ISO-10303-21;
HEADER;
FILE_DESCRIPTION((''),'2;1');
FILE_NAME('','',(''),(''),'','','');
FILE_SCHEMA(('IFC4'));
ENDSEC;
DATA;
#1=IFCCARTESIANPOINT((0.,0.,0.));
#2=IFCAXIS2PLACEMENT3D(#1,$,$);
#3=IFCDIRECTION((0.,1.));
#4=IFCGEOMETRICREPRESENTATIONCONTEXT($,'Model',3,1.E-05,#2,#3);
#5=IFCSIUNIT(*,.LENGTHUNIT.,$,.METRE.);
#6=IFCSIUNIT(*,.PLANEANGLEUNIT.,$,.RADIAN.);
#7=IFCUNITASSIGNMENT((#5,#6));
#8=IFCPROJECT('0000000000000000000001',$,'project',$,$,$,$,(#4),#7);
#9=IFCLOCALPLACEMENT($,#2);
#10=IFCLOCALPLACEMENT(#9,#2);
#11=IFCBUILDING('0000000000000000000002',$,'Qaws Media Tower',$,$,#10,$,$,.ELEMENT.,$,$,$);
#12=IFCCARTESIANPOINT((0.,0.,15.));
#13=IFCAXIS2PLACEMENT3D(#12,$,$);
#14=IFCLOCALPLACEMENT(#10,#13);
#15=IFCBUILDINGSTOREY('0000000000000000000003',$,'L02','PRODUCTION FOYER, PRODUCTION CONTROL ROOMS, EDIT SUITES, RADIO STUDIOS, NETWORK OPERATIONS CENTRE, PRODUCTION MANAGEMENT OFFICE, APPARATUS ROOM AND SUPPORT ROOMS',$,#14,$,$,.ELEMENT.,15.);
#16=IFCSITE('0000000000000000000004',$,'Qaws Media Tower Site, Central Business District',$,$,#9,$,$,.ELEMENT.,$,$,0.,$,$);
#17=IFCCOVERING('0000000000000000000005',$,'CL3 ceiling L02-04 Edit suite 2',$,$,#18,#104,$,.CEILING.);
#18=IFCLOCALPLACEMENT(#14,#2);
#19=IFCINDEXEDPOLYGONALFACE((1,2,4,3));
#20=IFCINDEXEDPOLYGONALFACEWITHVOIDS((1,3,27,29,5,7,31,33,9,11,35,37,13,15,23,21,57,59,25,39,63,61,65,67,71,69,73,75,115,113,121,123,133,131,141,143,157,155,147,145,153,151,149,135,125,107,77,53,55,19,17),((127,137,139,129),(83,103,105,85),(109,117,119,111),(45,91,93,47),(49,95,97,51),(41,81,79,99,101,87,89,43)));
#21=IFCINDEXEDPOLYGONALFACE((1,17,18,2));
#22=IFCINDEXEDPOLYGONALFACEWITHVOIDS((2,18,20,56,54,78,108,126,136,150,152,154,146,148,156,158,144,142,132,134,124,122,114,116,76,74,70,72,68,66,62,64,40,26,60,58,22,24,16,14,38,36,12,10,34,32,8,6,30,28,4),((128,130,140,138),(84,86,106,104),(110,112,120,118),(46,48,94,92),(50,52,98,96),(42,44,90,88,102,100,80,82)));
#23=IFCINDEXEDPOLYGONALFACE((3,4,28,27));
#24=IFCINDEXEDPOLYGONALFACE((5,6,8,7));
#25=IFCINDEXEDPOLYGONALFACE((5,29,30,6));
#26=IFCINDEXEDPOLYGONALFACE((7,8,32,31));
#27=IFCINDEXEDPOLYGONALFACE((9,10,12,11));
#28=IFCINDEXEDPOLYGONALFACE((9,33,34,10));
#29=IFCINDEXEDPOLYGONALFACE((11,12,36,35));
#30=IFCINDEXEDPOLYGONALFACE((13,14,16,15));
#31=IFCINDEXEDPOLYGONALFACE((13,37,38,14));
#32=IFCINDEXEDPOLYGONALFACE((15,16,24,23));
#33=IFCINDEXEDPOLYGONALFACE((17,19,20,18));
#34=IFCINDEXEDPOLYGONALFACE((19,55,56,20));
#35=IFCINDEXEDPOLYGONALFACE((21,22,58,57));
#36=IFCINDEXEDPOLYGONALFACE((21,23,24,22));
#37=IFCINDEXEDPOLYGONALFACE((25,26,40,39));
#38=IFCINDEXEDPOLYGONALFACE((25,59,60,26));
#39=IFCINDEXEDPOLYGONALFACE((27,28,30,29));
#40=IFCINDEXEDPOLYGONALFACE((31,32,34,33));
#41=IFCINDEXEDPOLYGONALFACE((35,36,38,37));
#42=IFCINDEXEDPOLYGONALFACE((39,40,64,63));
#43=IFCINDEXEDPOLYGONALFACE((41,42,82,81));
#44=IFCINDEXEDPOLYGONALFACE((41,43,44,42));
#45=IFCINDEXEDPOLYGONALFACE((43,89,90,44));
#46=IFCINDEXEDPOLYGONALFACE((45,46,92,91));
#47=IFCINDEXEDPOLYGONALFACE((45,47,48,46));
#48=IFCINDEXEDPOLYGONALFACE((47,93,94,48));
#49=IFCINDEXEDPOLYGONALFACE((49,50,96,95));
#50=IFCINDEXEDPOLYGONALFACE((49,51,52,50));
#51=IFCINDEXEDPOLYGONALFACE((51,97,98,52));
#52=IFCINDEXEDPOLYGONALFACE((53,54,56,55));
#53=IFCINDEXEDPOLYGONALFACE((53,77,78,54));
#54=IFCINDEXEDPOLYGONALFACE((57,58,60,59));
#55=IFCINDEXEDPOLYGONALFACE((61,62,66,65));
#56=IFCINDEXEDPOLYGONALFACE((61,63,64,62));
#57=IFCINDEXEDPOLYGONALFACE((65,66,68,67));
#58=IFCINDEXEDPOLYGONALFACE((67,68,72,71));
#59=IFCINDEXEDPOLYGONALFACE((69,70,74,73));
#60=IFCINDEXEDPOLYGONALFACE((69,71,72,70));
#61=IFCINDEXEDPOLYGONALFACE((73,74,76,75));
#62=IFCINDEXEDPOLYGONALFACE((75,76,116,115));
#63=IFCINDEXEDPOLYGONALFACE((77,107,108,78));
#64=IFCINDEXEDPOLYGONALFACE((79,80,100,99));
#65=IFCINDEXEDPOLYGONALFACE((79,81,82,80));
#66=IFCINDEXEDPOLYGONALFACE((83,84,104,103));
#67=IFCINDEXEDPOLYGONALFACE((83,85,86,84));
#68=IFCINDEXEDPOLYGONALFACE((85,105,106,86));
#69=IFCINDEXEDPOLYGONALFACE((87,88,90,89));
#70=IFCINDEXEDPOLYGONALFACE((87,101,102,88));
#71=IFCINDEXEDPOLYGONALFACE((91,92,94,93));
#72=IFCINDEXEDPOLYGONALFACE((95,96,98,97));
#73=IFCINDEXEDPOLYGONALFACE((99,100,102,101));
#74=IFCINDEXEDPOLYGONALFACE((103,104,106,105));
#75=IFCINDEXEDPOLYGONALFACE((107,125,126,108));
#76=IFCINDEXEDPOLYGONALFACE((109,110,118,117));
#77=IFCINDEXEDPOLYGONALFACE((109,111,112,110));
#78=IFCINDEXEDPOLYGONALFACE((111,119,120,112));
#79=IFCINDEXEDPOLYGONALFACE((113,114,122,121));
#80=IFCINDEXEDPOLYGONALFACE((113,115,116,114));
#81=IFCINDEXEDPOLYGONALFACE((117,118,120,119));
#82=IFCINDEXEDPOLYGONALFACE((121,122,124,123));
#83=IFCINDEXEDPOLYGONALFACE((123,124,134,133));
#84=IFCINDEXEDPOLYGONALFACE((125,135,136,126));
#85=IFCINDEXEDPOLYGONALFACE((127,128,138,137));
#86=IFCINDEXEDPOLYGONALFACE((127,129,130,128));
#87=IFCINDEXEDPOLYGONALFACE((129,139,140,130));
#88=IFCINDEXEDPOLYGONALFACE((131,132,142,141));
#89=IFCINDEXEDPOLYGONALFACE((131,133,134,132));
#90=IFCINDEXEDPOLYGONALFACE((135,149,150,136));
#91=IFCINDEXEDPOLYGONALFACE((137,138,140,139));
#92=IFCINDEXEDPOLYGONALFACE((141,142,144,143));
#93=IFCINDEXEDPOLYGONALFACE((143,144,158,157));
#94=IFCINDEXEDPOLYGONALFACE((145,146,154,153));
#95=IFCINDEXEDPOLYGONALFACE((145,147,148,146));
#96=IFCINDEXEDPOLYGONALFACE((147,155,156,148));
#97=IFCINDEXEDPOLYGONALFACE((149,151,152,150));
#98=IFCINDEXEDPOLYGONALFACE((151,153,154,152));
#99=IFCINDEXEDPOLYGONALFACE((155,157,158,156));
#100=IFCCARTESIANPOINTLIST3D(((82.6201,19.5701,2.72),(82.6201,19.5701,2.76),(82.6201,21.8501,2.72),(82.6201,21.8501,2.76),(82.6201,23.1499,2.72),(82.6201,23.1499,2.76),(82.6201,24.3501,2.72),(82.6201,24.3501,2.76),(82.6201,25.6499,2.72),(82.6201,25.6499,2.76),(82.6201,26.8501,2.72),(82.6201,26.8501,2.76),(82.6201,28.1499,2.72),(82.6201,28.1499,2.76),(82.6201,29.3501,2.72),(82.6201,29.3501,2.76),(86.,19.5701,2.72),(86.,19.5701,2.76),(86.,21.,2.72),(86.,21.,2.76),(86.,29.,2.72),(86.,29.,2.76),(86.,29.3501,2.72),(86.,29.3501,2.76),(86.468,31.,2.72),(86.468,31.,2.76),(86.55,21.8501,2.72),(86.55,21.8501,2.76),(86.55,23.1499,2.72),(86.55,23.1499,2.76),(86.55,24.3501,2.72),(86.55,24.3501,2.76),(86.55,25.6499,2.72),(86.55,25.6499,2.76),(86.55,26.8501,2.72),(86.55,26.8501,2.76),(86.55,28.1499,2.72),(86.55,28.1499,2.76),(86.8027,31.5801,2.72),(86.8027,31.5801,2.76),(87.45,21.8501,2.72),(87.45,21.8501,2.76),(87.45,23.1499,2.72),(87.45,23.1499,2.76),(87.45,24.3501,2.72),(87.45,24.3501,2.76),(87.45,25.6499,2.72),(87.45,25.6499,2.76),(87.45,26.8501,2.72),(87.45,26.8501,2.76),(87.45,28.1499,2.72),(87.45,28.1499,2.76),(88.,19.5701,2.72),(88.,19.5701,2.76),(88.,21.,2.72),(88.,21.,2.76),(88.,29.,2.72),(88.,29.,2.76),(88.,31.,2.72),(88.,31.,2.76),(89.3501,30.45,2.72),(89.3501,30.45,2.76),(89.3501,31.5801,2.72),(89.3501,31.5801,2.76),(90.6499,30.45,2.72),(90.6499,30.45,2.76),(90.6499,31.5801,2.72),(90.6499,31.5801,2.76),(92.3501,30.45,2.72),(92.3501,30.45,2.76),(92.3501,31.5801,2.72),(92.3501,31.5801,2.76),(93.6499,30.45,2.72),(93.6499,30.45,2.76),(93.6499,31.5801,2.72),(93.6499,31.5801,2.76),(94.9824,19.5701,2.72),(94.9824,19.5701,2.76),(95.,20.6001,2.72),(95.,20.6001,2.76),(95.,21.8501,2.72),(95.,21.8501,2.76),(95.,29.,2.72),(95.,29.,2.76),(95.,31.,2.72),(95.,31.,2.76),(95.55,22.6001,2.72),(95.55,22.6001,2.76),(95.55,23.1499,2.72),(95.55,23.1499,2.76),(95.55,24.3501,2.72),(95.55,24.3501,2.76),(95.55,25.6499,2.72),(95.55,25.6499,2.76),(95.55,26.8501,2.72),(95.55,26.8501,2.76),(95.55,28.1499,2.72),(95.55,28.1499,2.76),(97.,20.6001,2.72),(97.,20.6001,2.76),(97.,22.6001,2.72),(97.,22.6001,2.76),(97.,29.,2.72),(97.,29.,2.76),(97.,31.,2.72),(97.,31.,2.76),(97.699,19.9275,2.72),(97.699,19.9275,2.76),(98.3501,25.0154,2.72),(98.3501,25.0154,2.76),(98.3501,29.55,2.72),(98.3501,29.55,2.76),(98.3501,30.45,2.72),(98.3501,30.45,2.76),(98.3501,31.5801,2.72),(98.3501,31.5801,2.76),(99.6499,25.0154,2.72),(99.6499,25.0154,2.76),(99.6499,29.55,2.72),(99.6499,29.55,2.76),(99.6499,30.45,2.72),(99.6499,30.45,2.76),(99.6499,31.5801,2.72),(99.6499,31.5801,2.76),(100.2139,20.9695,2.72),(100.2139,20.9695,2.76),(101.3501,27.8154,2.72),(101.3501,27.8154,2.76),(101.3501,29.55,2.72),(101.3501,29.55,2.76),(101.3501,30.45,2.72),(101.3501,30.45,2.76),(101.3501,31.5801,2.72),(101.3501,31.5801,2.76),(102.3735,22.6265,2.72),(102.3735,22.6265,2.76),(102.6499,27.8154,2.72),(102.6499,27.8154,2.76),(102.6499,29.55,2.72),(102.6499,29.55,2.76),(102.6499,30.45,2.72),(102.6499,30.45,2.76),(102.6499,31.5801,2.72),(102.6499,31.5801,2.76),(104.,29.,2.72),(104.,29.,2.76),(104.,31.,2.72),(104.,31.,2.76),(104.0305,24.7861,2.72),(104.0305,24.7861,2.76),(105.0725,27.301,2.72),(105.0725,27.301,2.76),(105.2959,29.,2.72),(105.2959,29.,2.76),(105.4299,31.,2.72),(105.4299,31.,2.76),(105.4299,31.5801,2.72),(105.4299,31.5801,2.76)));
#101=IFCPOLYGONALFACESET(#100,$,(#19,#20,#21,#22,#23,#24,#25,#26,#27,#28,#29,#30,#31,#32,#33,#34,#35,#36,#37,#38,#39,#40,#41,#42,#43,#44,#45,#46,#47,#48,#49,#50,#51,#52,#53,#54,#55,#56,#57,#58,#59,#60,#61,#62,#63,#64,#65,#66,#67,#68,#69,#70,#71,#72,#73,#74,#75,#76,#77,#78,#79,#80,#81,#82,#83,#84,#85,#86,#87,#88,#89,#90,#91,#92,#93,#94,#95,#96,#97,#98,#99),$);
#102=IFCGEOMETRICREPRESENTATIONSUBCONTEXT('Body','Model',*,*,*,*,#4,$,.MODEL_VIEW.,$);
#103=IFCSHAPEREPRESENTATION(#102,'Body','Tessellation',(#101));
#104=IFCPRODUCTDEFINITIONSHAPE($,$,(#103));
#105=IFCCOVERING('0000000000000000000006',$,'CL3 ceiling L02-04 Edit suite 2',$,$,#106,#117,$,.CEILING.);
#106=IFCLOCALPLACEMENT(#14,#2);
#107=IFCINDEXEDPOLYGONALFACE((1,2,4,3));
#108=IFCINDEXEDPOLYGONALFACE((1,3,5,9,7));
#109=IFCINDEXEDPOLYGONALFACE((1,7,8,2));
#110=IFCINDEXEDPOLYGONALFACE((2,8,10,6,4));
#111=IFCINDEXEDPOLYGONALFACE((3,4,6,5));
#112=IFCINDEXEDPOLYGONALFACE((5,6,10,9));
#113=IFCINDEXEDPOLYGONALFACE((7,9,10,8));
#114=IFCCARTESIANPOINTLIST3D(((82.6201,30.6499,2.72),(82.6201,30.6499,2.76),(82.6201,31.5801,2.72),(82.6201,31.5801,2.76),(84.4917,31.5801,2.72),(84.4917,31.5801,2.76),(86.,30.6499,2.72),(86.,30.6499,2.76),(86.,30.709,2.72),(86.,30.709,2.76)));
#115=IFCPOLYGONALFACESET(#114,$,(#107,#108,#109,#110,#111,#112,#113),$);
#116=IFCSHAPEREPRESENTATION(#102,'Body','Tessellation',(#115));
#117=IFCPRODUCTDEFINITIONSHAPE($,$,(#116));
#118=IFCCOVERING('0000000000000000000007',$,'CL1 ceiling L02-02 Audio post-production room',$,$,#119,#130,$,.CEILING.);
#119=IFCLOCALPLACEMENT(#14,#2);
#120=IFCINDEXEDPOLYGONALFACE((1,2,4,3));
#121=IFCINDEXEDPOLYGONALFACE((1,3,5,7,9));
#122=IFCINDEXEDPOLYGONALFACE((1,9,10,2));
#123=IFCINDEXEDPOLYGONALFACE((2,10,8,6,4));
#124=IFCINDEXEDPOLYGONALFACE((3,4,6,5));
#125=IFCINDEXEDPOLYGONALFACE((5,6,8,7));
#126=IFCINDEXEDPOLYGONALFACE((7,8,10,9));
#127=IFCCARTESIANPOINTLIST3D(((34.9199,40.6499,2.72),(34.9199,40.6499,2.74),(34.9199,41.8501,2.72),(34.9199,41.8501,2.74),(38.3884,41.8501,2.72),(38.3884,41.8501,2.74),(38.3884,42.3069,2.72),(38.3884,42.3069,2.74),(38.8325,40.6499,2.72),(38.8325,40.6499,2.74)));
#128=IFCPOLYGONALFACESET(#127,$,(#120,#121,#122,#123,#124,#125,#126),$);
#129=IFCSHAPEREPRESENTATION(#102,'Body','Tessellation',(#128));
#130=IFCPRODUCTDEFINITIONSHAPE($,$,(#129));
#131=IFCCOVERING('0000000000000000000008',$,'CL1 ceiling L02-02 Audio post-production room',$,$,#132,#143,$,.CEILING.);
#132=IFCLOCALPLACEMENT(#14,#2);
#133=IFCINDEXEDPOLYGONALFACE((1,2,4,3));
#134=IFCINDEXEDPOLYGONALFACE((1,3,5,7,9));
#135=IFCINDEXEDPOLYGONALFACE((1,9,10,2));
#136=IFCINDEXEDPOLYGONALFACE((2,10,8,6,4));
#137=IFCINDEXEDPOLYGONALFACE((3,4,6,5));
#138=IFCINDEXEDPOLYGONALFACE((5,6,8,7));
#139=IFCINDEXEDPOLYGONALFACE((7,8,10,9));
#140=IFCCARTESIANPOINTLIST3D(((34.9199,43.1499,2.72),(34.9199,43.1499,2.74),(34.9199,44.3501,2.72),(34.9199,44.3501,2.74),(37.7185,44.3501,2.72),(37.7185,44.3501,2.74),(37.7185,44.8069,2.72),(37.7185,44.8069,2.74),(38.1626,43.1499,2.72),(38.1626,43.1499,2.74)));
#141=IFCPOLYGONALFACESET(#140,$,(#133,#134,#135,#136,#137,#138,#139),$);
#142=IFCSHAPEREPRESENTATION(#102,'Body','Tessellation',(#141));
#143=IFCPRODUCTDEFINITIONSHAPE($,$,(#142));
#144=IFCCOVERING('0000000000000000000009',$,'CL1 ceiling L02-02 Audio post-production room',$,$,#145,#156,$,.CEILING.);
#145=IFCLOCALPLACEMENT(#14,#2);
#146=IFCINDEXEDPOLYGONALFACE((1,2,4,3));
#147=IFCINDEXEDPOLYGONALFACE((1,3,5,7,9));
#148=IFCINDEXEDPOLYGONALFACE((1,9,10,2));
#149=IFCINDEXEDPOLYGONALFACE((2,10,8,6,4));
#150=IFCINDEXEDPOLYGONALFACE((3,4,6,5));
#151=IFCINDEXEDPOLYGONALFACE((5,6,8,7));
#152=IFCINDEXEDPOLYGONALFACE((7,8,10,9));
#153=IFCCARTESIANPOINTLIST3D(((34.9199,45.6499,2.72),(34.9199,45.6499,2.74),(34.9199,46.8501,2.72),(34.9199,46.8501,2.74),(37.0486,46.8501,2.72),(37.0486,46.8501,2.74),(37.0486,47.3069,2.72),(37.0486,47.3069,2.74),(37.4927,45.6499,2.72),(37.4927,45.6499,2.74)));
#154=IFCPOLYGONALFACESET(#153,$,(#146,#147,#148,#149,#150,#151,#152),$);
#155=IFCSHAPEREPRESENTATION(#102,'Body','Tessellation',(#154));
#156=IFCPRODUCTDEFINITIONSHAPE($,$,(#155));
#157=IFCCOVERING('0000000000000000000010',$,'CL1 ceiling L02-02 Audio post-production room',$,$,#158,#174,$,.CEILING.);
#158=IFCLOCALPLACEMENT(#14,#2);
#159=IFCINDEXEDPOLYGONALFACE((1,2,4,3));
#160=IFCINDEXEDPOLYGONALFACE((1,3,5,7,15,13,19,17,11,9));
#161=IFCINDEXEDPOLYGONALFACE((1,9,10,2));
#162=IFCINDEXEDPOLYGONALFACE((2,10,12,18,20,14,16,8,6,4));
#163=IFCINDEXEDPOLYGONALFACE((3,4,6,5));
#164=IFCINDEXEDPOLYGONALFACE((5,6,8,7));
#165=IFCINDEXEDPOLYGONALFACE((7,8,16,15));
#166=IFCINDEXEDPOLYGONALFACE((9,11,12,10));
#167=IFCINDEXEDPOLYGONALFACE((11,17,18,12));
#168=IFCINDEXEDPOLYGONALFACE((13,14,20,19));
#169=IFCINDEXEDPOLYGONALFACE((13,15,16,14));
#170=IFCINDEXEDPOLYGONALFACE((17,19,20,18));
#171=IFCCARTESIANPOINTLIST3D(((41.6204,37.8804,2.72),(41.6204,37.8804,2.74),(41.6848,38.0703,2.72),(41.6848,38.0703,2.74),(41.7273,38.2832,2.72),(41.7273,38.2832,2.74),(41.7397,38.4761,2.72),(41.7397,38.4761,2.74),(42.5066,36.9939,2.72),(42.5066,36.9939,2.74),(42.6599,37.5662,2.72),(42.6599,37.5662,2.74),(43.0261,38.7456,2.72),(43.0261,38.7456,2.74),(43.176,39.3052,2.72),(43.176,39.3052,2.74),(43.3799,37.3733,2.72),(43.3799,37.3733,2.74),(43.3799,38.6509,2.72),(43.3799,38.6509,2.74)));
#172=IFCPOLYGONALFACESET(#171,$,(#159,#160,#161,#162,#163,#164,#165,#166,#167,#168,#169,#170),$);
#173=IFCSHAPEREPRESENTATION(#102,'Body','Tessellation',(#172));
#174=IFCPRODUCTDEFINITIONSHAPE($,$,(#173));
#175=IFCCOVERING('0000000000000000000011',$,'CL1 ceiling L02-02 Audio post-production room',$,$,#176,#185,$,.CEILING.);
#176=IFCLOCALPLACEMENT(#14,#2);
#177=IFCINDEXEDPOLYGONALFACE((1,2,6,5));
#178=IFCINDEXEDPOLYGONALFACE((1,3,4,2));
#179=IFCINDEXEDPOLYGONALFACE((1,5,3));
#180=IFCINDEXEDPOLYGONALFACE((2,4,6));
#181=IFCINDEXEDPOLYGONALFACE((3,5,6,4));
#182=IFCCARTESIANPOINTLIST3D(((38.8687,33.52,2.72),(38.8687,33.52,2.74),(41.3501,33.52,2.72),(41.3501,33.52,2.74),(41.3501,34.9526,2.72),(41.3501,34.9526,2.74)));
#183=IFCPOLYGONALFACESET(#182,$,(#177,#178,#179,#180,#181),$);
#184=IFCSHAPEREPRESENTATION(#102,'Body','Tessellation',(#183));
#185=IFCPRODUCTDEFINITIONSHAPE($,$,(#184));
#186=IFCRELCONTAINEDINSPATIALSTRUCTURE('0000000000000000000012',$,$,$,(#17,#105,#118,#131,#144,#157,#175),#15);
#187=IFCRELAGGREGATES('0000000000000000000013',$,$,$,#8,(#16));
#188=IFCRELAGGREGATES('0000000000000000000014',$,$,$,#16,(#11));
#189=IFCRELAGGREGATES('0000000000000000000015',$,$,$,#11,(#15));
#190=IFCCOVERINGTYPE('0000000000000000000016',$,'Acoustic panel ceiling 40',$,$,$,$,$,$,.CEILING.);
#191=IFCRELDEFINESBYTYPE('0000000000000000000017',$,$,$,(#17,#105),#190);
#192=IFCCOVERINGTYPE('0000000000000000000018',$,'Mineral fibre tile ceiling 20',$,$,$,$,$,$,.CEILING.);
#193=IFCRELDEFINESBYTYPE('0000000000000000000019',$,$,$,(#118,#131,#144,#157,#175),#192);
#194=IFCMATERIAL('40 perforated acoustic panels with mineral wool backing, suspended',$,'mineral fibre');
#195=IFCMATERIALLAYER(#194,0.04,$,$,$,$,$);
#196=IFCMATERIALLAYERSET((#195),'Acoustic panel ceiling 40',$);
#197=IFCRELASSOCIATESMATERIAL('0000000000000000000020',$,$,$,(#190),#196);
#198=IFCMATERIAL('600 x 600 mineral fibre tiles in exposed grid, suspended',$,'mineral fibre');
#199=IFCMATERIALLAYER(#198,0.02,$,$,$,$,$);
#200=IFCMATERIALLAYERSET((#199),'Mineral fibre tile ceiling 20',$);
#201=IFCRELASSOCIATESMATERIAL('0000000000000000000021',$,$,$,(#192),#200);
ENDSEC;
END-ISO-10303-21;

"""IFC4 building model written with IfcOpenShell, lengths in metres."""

from ifc_helpers import new_model, si_unit, direction, frame, origin, place, context, subcontext, project, spatial, polyline, outline, extrude, material, layer, layer_set, type_object, element, save


model = new_model("IFC4")

# Units and contexts
model_context = context("Model", 3, precision=1e-05, world=origin(), true_north=direction((0.0, 1.0)))
body_context = subcontext(model_context, "Body", "Model", "MODEL_VIEW")
ifc_project = project(units=[si_unit("LENGTHUNIT", "METRE"), si_unit("PLANEANGLEUNIT", "RADIAN")], contexts=[model_context])

# Site, building, storey
site_placement = place(None, origin())
site = spatial("IfcSite", under=ifc_project, at=site_placement, Name="Qaws Media Tower Site, Central Business District", CompositionType="ELEMENT", RefElevation=0.0)
building_placement = place(site_placement, origin())
building = spatial("IfcBuilding", under=site, at=building_placement, Name="Qaws Media Tower", CompositionType="ELEMENT")
storey_placement = place(building_placement, frame((0.0, 0.0, 15.0)))
storey = spatial("IfcBuildingStorey", under=building, at=storey_placement, Name="L02", Description="PRODUCTION FOYER, PRODUCTION CONTROL ROOMS, EDIT SUITES, RADIO STUDIOS, NETWORK OPERATIONS CENTRE, PRODUCTION MANAGEMENT OFFICE, APPARATUS ROOM AND SUPPORT ROOMS", CompositionType="ELEMENT", Elevation=15.0)

# Coverings
ifc_material_1 = material(Name="40 perforated acoustic panels with mineral wool backing, suspended", Category="mineral fibre")
ifc_layer_1 = layer(ifc_material_1, 0.04)
ifc_layer_set_1 = layer_set([ifc_layer_1], Name="Acoustic panel ceiling 40")
covering_type_1 = type_object("IfcCoveringType", Name="Acoustic panel ceiling 40", PredefinedType="CEILING", material=ifc_layer_set_1)
covering_1_placement = place(storey_placement, frame((0.0, 0.0, 2.72)))
element("IfcCovering", 1, at=covering_1_placement, inside=storey, type_object=covering_type_1, Name="CL3 ceiling L02-04 Edit suite 2", PredefinedType="CEILING", context=body_context, shape_type="SweptSolid", body=[
    extrude(outline(polyline([(104.0, 31.0), (104.0, 29.0), (105.2959, 29.0), (105.0725, 27.301), (104.0305, 24.7861), (102.3735, 22.6265), (100.2139, 20.9695), (97.699, 19.9275), (94.9824, 19.5701), (88.0, 19.5701), (88.0, 21.0), (86.0, 21.0), (86.0, 19.5701), (82.6201, 19.5701), (82.6201, 21.8501), (86.55, 21.8501), (86.55, 23.1499), (82.6201, 23.1499), (82.6201, 24.3501), (86.55, 24.3501), (86.55, 25.6499), (82.6201, 25.6499), (82.6201, 26.8501), (86.55, 26.8501), (86.55, 28.1499), (82.6201, 28.1499), (82.6201, 29.3501), (86.0, 29.3501), (86.0, 29.0), (88.0, 29.0), (88.0, 31.0), (86.468, 31.0), (86.8027, 31.5801), (89.3501, 31.5801), (89.3501, 30.45), (90.6499, 30.45), (90.6499, 31.5801), (92.3501, 31.5801), (92.3501, 30.45), (93.6499, 30.45), (93.6499, 31.5801), (98.3501, 31.5801), (98.3501, 30.45), (99.6499, 30.45), (99.6499, 31.5801), (101.3501, 31.5801), (101.3501, 30.45), (102.6499, 30.45), (102.6499, 31.5801), (105.4299, 31.5801), (105.4299, 31.0), (104.0, 31.0)]), holes=[polyline([(97.0, 20.6001), (97.0, 22.6001), (95.55, 22.6001), (95.55, 23.1499), (87.45, 23.1499), (87.45, 21.8501), (95.0, 21.8501), (95.0, 20.6001), (97.0, 20.6001)]), polyline([(97.0, 29.0), (97.0, 31.0), (95.0, 31.0), (95.0, 29.0), (97.0, 29.0)]), polyline([(87.45, 24.3501), (95.55, 24.3501), (95.55, 25.6499), (87.45, 25.6499), (87.45, 24.3501)]), polyline([(98.3501, 25.0154), (99.6499, 25.0154), (99.6499, 29.55), (98.3501, 29.55), (98.3501, 25.0154)]), polyline([(87.45, 28.1499), (87.45, 26.8501), (95.55, 26.8501), (95.55, 28.1499), (87.45, 28.1499)]), polyline([(101.3501, 27.8154), (102.6499, 27.8154), (102.6499, 29.55), (101.3501, 29.55), (101.3501, 27.8154)])]), origin(), (0.0, 0.0, 1.0), 0.04),
])
covering_2_placement = place(storey_placement, frame((0.0, 0.0, 2.72)))
element("IfcCovering", 2, at=covering_2_placement, inside=storey, type_object=covering_type_1, Name="CL3 ceiling L02-04 Edit suite 2", PredefinedType="CEILING", context=body_context, shape_type="SweptSolid", body=[
    extrude(outline(polyline([(82.6201, 31.5801), (84.4917, 31.5801), (86.0, 30.709), (86.0, 30.6499), (82.6201, 30.6499), (82.6201, 31.5801)])), origin(), (0.0, 0.0, 1.0), 0.04),
])
ifc_material_2 = material(Name="600 x 600 mineral fibre tiles in exposed grid, suspended", Category="mineral fibre")
ifc_layer_2 = layer(ifc_material_2, 0.02)
ifc_layer_set_2 = layer_set([ifc_layer_2], Name="Mineral fibre tile ceiling 20")
covering_type_2 = type_object("IfcCoveringType", Name="Mineral fibre tile ceiling 20", PredefinedType="CEILING", material=ifc_layer_set_2)
covering_3_placement = place(storey_placement, frame((0.0, 0.0, 2.72)))
element("IfcCovering", 3, at=covering_3_placement, inside=storey, type_object=covering_type_2, Name="CL1 ceiling L02-02 Audio post-production room", PredefinedType="CEILING", context=body_context, shape_type="SweptSolid", body=[
    extrude(outline(polyline([(34.9199, 41.8501), (38.3884, 41.8501), (38.3884, 42.3069), (38.8325, 40.6499), (34.9199, 40.6499), (34.9199, 41.8501)])), origin(), (0.0, 0.0, 1.0), 0.02),
])
covering_4_placement = place(storey_placement, frame((0.0, 0.0, 2.72)))
element("IfcCovering", 4, at=covering_4_placement, inside=storey, type_object=covering_type_2, Name="CL1 ceiling L02-02 Audio post-production room", PredefinedType="CEILING", context=body_context, shape_type="SweptSolid", body=[
    extrude(outline(polyline([(34.9199, 44.3501), (37.7185, 44.3501), (37.7185, 44.8069), (38.1626, 43.1499), (34.9199, 43.1499), (34.9199, 44.3501)])), origin(), (0.0, 0.0, 1.0), 0.02),
])
covering_5_placement = place(storey_placement, frame((0.0, 0.0, 2.72)))
element("IfcCovering", 5, at=covering_5_placement, inside=storey, type_object=covering_type_2, Name="CL1 ceiling L02-02 Audio post-production room", PredefinedType="CEILING", context=body_context, shape_type="SweptSolid", body=[
    extrude(outline(polyline([(34.9199, 46.8501), (37.0486, 46.8501), (37.0486, 47.3069), (37.4927, 45.6499), (34.9199, 45.6499), (34.9199, 46.8501)])), origin(), (0.0, 0.0, 1.0), 0.02),
])
covering_6_placement = place(storey_placement, frame((0.0, 0.0, 2.72)))
element("IfcCovering", 6, at=covering_6_placement, inside=storey, type_object=covering_type_2, Name="CL1 ceiling L02-02 Audio post-production room", PredefinedType="CEILING", context=body_context, shape_type="SweptSolid", body=[
    extrude(outline(polyline([(43.3799, 37.3733), (42.6599, 37.5662), (42.5066, 36.9939), (41.6204, 37.8804), (41.6848, 38.0703), (41.7273, 38.2832), (41.7397, 38.4761), (43.176, 39.3052), (43.0261, 38.7456), (43.3799, 38.6509), (43.3799, 37.3733)])), origin(), (0.0, 0.0, 1.0), 0.02),
])
covering_7_placement = place(storey_placement, frame((0.0, 0.0, 2.72)))
element("IfcCovering", 7, at=covering_7_placement, inside=storey, type_object=covering_type_2, Name="CL1 ceiling L02-02 Audio post-production room", PredefinedType="CEILING", context=body_context, shape_type="SweptSolid", body=[
    extrude(outline(polyline([(38.8687, 33.52), (41.3501, 34.9526), (41.3501, 33.52), (38.8687, 33.52)])), origin(), (0.0, 0.0, 1.0), 0.02),
])

save(model, "model.ifc")
